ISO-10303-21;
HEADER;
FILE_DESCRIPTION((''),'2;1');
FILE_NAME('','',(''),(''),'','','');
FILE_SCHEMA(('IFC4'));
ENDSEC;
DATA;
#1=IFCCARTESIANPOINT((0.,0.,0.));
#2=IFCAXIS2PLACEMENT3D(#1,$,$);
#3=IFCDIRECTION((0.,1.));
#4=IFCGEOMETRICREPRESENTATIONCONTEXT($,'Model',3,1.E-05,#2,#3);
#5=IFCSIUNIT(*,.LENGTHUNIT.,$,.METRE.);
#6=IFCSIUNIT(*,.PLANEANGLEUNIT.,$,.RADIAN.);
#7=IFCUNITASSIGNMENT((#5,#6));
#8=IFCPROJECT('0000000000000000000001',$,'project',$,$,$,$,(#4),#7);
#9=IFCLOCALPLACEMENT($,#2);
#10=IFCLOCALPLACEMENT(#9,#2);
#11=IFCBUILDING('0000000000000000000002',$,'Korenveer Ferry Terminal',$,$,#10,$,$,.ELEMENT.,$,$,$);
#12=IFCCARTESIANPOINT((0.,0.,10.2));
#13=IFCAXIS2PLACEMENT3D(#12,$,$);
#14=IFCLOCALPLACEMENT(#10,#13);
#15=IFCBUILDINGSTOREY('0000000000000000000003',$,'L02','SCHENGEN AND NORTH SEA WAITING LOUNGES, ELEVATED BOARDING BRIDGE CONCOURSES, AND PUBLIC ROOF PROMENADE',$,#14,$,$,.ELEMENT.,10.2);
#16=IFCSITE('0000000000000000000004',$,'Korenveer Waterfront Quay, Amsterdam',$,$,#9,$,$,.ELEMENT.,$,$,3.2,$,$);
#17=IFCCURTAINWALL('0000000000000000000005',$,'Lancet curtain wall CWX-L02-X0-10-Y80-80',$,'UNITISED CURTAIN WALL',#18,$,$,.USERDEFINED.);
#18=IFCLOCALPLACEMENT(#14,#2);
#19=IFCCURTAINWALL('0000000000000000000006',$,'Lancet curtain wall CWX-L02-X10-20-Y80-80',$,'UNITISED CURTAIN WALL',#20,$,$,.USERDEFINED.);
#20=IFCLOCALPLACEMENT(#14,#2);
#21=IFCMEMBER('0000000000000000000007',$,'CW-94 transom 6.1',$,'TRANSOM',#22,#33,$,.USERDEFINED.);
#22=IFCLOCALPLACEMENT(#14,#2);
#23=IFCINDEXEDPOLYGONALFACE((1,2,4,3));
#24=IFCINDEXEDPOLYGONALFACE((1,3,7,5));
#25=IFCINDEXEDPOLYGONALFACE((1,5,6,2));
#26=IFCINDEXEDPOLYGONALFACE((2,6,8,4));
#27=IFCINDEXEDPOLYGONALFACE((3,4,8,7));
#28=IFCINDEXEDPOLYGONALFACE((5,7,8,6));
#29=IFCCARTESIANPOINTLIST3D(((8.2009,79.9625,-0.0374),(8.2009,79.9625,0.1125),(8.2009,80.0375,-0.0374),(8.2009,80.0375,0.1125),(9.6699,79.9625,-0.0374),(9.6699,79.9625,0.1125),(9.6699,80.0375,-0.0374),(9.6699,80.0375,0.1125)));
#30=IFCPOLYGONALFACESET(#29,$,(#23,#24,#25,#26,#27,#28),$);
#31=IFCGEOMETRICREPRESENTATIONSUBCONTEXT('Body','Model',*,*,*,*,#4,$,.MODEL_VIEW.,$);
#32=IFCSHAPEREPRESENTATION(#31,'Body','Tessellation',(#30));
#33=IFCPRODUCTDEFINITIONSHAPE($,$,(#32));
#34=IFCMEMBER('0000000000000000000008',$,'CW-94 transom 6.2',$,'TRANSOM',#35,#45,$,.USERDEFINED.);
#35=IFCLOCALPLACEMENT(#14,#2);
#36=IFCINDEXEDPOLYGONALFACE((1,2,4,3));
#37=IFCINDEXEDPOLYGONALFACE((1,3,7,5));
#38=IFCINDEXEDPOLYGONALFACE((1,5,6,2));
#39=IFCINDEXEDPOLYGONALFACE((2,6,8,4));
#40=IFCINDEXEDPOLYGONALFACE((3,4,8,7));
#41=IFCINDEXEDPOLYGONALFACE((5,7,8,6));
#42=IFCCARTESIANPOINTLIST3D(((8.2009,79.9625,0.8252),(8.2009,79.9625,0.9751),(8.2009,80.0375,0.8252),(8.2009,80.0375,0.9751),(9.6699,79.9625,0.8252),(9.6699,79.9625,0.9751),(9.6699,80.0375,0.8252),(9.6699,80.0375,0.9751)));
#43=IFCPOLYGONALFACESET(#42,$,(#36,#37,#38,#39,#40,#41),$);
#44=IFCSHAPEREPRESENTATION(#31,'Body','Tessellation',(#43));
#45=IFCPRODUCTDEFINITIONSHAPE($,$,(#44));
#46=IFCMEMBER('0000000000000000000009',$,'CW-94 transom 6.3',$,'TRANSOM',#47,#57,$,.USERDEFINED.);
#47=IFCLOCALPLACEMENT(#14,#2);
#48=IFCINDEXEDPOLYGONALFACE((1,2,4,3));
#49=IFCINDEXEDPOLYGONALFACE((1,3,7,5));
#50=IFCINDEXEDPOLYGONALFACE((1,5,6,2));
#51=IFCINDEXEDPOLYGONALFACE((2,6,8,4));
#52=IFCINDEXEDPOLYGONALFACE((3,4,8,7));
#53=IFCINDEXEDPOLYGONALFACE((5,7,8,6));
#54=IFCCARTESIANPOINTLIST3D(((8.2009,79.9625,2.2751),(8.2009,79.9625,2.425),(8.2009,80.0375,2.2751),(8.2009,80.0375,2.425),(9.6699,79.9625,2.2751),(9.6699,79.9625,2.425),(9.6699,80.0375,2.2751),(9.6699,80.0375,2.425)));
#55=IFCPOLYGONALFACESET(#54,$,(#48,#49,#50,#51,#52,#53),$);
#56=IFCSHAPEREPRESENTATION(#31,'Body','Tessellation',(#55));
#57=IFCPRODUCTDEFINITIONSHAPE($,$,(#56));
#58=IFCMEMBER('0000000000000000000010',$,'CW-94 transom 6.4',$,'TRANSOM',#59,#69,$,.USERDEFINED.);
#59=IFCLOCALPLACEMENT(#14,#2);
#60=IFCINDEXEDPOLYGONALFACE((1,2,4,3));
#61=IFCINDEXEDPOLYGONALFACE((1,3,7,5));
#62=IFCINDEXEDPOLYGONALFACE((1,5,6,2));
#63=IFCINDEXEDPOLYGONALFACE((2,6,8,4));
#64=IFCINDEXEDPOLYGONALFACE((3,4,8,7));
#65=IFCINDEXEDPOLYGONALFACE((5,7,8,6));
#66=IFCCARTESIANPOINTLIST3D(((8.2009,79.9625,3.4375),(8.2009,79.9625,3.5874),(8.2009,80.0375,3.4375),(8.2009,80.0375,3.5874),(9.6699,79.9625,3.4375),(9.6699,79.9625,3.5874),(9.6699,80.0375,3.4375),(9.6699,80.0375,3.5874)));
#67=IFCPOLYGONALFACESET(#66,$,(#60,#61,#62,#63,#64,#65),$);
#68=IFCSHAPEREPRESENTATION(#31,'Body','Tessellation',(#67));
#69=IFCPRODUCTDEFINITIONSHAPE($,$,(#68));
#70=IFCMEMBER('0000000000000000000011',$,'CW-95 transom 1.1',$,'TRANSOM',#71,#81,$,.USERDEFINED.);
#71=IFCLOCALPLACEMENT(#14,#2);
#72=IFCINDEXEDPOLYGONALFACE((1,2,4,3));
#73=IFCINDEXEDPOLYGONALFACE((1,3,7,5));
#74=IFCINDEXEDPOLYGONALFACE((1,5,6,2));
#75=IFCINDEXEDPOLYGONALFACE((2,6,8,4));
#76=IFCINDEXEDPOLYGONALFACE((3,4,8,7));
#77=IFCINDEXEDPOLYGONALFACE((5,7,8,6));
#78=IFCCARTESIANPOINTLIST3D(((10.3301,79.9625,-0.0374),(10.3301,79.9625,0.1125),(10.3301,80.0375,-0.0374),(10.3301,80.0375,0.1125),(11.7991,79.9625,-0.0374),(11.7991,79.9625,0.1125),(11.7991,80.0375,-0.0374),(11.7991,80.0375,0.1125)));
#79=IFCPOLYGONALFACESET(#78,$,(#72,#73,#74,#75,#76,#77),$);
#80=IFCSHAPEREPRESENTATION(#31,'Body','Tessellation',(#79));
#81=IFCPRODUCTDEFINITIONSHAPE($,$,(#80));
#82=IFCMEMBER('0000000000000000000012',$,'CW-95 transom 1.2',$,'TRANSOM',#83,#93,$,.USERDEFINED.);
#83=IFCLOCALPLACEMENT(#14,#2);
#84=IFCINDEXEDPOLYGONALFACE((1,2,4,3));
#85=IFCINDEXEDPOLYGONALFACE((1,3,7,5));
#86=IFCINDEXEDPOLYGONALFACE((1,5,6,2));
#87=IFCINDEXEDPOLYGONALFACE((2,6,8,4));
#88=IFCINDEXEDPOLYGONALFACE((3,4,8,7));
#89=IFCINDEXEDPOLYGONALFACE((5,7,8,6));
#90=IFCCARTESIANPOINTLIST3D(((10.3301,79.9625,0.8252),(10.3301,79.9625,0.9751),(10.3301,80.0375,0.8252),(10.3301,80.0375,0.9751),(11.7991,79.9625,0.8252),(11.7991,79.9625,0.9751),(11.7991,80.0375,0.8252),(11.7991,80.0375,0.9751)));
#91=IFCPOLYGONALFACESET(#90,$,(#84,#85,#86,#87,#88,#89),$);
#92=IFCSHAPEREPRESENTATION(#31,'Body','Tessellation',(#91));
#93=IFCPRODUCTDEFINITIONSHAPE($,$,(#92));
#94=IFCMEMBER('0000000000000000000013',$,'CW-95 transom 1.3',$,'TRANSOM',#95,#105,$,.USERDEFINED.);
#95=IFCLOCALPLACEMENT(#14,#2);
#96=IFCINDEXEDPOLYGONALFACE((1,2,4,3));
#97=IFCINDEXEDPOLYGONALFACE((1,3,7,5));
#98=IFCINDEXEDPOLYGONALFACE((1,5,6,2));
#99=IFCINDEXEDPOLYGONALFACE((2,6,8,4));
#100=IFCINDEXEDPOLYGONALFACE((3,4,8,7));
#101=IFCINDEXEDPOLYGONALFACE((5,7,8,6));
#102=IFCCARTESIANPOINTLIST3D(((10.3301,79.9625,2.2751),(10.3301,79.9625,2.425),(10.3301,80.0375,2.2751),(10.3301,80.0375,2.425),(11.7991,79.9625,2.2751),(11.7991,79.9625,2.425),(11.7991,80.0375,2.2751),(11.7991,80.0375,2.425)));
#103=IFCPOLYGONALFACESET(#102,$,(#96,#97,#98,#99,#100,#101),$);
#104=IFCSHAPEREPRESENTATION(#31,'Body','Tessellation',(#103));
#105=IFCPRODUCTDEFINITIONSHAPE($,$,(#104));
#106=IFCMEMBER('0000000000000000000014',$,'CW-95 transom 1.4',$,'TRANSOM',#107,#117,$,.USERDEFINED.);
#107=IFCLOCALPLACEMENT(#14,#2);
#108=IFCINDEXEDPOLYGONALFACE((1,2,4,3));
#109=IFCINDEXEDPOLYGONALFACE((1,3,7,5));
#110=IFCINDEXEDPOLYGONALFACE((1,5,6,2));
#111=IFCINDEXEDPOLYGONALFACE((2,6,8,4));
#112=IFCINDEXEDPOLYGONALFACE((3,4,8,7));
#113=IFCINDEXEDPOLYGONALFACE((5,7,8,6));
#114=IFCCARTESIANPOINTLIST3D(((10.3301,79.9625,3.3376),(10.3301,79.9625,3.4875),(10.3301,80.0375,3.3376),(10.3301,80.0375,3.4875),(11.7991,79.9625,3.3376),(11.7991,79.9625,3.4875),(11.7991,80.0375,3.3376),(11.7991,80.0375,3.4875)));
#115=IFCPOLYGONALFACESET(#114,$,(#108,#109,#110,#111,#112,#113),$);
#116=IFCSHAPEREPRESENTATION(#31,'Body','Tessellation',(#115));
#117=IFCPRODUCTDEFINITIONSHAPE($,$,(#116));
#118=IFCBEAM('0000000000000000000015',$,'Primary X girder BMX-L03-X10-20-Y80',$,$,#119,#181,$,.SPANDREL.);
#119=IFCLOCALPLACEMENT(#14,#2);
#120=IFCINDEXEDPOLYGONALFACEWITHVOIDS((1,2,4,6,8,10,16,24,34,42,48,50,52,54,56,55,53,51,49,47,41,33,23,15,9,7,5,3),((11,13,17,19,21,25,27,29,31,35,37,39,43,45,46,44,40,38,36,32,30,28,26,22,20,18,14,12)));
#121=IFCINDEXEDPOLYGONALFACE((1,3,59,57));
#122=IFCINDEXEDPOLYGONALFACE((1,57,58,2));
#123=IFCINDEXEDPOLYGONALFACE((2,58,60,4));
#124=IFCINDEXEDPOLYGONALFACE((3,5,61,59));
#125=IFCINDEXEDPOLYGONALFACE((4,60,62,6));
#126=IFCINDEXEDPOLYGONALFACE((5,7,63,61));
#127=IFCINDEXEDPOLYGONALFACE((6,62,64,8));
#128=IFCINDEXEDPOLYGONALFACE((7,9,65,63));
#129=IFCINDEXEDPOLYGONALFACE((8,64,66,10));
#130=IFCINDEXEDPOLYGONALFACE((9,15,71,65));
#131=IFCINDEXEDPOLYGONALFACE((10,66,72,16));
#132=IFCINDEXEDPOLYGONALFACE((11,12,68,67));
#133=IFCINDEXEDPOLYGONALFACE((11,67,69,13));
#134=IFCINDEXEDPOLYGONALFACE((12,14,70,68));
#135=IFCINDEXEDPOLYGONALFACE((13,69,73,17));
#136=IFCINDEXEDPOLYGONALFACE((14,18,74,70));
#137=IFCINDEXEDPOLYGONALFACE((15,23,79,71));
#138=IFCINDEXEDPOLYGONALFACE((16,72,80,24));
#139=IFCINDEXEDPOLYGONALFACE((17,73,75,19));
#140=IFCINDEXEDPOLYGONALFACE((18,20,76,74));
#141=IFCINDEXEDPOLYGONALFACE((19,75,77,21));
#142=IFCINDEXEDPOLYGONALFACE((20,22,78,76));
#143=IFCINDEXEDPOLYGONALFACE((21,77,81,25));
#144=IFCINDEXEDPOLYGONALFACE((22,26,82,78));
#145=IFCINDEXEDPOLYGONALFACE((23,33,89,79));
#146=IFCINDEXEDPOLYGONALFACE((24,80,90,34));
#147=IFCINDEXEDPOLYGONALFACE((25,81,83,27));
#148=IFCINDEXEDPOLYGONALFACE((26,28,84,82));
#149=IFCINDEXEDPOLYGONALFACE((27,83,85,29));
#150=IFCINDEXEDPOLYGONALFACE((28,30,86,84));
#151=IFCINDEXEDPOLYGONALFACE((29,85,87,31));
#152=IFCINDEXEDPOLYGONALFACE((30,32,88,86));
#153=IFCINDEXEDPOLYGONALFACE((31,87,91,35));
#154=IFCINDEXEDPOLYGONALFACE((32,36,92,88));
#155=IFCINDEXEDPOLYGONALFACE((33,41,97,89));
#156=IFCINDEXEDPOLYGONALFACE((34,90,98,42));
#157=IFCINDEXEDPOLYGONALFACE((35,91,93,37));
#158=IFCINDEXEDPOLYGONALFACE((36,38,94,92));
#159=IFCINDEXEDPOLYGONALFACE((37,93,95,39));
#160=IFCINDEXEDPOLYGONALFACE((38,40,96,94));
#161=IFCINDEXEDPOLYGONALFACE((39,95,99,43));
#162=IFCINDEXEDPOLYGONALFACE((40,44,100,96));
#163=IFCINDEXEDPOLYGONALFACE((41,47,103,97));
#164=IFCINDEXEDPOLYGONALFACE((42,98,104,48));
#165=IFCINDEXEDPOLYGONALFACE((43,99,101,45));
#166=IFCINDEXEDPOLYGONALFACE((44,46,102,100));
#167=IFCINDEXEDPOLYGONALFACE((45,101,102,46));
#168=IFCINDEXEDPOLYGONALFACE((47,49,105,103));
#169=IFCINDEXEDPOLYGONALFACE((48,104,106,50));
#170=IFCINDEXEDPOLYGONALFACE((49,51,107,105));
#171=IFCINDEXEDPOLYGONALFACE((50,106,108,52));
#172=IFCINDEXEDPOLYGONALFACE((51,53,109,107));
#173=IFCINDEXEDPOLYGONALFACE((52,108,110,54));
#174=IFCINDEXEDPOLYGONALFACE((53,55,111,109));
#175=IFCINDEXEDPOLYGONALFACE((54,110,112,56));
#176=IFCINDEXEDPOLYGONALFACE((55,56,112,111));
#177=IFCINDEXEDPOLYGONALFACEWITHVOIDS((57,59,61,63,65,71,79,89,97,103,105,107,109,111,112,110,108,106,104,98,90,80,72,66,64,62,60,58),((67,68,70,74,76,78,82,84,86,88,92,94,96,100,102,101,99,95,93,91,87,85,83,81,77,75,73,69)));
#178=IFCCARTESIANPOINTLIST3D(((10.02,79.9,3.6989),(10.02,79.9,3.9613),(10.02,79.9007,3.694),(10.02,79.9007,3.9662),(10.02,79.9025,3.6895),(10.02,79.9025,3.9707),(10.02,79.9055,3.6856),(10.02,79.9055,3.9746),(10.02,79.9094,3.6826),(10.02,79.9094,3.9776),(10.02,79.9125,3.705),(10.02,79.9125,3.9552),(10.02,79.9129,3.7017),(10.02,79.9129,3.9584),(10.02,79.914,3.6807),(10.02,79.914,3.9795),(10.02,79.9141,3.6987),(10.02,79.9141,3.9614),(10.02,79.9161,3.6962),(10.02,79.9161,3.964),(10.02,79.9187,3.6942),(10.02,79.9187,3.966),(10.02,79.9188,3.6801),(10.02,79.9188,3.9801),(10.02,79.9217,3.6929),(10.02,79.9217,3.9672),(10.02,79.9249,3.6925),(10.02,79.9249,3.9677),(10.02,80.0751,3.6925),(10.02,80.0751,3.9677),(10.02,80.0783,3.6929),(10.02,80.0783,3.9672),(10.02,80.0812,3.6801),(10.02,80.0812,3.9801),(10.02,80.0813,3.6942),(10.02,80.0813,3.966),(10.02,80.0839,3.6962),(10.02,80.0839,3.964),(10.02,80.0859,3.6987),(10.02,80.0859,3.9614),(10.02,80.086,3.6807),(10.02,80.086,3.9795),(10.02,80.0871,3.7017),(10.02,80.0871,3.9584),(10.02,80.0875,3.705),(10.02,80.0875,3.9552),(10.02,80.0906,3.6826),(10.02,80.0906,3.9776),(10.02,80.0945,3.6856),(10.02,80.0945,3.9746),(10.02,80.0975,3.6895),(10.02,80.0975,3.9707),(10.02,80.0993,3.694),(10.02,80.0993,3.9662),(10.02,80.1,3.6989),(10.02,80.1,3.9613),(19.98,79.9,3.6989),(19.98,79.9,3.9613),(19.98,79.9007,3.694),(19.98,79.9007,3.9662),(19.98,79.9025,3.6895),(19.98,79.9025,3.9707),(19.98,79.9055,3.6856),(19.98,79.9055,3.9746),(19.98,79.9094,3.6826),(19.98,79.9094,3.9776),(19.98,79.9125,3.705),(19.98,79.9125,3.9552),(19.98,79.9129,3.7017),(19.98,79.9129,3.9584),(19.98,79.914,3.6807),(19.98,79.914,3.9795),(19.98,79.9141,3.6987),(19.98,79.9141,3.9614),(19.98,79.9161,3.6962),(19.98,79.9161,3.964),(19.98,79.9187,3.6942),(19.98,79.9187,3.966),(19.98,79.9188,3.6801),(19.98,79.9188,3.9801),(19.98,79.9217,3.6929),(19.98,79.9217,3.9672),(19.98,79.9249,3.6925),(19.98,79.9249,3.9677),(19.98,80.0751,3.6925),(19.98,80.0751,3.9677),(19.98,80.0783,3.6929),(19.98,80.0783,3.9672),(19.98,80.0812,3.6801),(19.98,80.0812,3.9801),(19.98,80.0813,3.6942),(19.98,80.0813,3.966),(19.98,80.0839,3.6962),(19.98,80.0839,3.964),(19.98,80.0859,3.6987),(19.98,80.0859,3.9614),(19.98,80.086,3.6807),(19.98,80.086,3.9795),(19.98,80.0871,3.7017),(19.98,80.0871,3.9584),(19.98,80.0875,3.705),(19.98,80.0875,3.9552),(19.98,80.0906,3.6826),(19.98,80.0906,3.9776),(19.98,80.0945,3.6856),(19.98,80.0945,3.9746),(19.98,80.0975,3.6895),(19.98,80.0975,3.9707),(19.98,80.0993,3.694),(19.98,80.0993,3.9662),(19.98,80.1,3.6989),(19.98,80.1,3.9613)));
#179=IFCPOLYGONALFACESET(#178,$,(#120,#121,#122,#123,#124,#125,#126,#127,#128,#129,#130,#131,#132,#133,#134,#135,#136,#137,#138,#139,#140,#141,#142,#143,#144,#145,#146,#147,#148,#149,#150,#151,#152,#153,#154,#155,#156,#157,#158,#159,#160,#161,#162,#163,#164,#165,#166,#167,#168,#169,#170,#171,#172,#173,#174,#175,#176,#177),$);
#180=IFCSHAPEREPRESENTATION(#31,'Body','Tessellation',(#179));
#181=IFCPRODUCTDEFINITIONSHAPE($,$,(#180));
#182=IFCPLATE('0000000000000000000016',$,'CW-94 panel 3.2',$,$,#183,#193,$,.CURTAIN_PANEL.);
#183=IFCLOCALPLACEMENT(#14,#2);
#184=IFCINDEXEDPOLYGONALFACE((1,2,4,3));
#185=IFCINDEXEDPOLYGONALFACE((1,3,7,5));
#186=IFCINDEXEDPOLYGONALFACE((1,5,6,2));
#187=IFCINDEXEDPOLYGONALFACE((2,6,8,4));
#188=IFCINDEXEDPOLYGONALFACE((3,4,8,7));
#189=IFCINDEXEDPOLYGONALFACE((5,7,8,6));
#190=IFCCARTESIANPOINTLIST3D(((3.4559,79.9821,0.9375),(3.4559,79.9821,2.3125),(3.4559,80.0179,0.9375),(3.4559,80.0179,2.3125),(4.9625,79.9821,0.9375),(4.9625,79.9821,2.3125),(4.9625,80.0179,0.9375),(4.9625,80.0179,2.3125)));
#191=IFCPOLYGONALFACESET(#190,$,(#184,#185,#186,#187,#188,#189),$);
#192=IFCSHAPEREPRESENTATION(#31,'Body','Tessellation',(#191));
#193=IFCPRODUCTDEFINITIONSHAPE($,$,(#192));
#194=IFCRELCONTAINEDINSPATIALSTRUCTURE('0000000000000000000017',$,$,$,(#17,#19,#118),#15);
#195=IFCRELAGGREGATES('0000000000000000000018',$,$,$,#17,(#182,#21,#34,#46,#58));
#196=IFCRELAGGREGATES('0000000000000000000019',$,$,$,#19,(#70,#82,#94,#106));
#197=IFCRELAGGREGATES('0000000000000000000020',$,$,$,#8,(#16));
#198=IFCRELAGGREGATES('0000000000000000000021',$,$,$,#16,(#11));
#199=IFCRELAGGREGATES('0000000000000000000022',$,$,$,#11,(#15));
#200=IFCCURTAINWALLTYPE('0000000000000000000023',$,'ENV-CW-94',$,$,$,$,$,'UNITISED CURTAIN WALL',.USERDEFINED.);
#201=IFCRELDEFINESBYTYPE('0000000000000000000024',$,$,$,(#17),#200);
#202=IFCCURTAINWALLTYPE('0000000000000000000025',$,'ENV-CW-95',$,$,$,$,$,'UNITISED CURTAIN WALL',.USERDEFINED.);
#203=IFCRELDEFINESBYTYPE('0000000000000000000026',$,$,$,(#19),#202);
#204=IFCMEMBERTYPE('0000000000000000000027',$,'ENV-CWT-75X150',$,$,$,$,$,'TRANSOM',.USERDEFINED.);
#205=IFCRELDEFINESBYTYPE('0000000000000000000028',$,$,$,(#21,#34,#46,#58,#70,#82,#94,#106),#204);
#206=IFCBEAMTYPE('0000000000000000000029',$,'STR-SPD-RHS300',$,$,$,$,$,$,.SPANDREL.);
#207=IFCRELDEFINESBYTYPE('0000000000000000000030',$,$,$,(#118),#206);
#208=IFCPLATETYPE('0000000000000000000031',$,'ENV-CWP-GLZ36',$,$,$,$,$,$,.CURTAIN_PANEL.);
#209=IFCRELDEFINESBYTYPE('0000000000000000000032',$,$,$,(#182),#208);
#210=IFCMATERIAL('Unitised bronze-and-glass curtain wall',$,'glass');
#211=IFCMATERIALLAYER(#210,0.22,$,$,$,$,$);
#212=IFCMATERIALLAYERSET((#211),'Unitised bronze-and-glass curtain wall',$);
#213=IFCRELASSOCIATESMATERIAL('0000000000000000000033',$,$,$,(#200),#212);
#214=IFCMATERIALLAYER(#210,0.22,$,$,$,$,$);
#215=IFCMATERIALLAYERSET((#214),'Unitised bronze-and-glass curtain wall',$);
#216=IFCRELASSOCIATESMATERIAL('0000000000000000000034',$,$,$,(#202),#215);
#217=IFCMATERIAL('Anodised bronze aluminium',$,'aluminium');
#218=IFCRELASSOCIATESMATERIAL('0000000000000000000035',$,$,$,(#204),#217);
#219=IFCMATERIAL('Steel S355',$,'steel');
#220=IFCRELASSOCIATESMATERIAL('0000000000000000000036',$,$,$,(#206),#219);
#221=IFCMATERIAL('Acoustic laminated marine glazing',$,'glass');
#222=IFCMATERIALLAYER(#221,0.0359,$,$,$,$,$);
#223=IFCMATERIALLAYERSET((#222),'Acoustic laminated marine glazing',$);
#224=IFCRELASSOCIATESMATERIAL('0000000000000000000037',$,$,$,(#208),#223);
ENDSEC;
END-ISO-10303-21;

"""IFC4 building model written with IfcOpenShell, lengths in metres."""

from ifc_helpers import new_model, si_unit, direction, frame, origin, origin_2d, place, context, subcontext, project, spatial, rectangle, hollow_rectangle, extrude, material, layer, layer_set, material_profile, profile_set, type_object, element, aggregate, save


model = new_model("IFC4")

# Units and contexts
model_context = context("Model", 3, precision=1e-05, world=origin(), true_north=direction((0.0, 1.0)))
body_context = subcontext(model_context, "Body", "Model", "MODEL_VIEW")
ifc_project = project(units=[si_unit("LENGTHUNIT", "METRE"), si_unit("PLANEANGLEUNIT", "RADIAN")], contexts=[model_context])

# Site, building, storey
site_placement = place(None, origin())
site = spatial("IfcSite", under=ifc_project, at=site_placement, Name="Korenveer Waterfront Quay, Amsterdam", CompositionType="ELEMENT", RefElevation=3.2)
building_placement = place(site_placement, origin())
building = spatial("IfcBuilding", under=site, at=building_placement, Name="Korenveer Ferry Terminal", CompositionType="ELEMENT")
storey_placement = place(building_placement, frame((0.0, 0.0, 10.2)))
storey = spatial("IfcBuildingStorey", under=building, at=storey_placement, Name="L02", Description="SCHENGEN AND NORTH SEA WAITING LOUNGES, ELEVATED BOARDING BRIDGE CONCOURSES, AND PUBLIC ROOF PROMENADE", CompositionType="ELEMENT", Elevation=10.2)

# Curtain wall
ifc_material_1 = material(Name="Unitised bronze-and-glass curtain wall", Category="glass")
ifc_layer_1 = layer(ifc_material_1, 0.22)
ifc_layer_set_1 = layer_set([ifc_layer_1], Name="Unitised bronze-and-glass curtain wall")
curtain_wall_type_1 = type_object("IfcCurtainWallType", Name="ENV-CW-94", ElementType="UNITISED CURTAIN WALL", PredefinedType="USERDEFINED", material=ifc_layer_set_1)
curtain_wall_1_placement = place(storey_placement, frame((0.2549, 80.0, 0.0)))
curtain_wall_1 = element("IfcCurtainWall", 1, at=curtain_wall_1_placement, inside=storey, type_object=curtain_wall_type_1, Name="Lancet curtain wall CWX-L02-X0-10-Y80-80", ObjectType="UNITISED CURTAIN WALL", PredefinedType="USERDEFINED")
ifc_material_2 = material(Name="Anodised bronze aluminium", Category="aluminium")

# Curtain wall
ifc_layer_2 = layer(ifc_material_1, 0.22)
ifc_layer_set_2 = layer_set([ifc_layer_2], Name="Unitised bronze-and-glass curtain wall")
curtain_wall_type_2 = type_object("IfcCurtainWallType", Name="ENV-CW-95", ElementType="UNITISED CURTAIN WALL", PredefinedType="USERDEFINED", material=ifc_layer_set_2)
curtain_wall_2_placement = place(storey_placement, frame((10.2549, 80.0, 0.0)))
curtain_wall_2 = element("IfcCurtainWall", 2, at=curtain_wall_2_placement, inside=storey, type_object=curtain_wall_type_2, Name="Lancet curtain wall CWX-L02-X10-20-Y80-80", ObjectType="UNITISED CURTAIN WALL", PredefinedType="USERDEFINED")

# Members
ifc_material_profile_1 = material_profile(ifc_material_2, rectangle(XDim=0.075, YDim=0.1499, at=origin_2d()), Name="ALU 75x150")
ifc_profile_set_1 = profile_set([ifc_material_profile_1], Name="Anodised bronze aluminium")
member_type_1 = type_object("IfcMemberType", Name="ENV-CWT-75X150", ElementType="TRANSOM", PredefinedType="USERDEFINED", material=ifc_profile_set_1)
member_1_placement = place(storey_placement, frame((8.2009, 80.0, 0.0376), z_axis=(1.0, 0.0, 0.0), x_axis=(0.0, 1.0, 0.0)))
member_1 = element("IfcMember", 3, at=member_1_placement, type_object=member_type_1, Name="CW-94 transom 6.1", ObjectType="TRANSOM", PredefinedType="USERDEFINED", context=body_context, shape_type="SweptSolid", body=[
    extrude(rectangle(XDim=0.075, YDim=0.1499, at=origin_2d()), origin(), (0.0, 0.0, 1.0), 1.469),
])
member_2_placement = place(storey_placement, frame((8.2009, 80.0, 0.9001), z_axis=(1.0, 0.0, 0.0), x_axis=(0.0, 1.0, 0.0)))
member_2 = element("IfcMember", 4, at=member_2_placement, type_object=member_type_1, Name="CW-94 transom 6.2", ObjectType="TRANSOM", PredefinedType="USERDEFINED", context=body_context, shape_type="SweptSolid", body=[
    extrude(rectangle(XDim=0.075, YDim=0.1499, at=origin_2d()), origin(), (0.0, 0.0, 1.0), 1.469),
])
member_3_placement = place(storey_placement, frame((8.2009, 80.0, 2.3501), z_axis=(1.0, 0.0, 0.0), x_axis=(0.0, 1.0, 0.0)))
member_3 = element("IfcMember", 5, at=member_3_placement, type_object=member_type_1, Name="CW-94 transom 6.3", ObjectType="TRANSOM", PredefinedType="USERDEFINED", context=body_context, shape_type="SweptSolid", body=[
    extrude(rectangle(XDim=0.075, YDim=0.1499, at=origin_2d()), origin(), (0.0, 0.0, 1.0), 1.469),
])
member_4_placement = place(storey_placement, frame((8.2009, 80.0, 3.5125), z_axis=(1.0, 0.0, 0.0), x_axis=(0.0, 1.0, 0.0)))
member_4 = element("IfcMember", 6, at=member_4_placement, type_object=member_type_1, Name="CW-94 transom 6.4", ObjectType="TRANSOM", PredefinedType="USERDEFINED", context=body_context, shape_type="SweptSolid", body=[
    extrude(rectangle(XDim=0.075, YDim=0.1499, at=origin_2d()), origin(), (0.0, 0.0, 1.0), 1.469),
])
member_5_placement = place(storey_placement, frame((10.3301, 80.0, 0.0376), z_axis=(1.0, 0.0, 0.0), x_axis=(0.0, 1.0, 0.0)))
member_5 = element("IfcMember", 7, at=member_5_placement, type_object=member_type_1, Name="CW-95 transom 1.1", ObjectType="TRANSOM", PredefinedType="USERDEFINED", context=body_context, shape_type="SweptSolid", body=[
    extrude(rectangle(XDim=0.075, YDim=0.1499, at=origin_2d()), origin(), (0.0, 0.0, 1.0), 1.469),
])
member_6_placement = place(storey_placement, frame((10.3301, 80.0, 0.9001), z_axis=(1.0, 0.0, 0.0), x_axis=(0.0, 1.0, 0.0)))
member_6 = element("IfcMember", 8, at=member_6_placement, type_object=member_type_1, Name="CW-95 transom 1.2", ObjectType="TRANSOM", PredefinedType="USERDEFINED", context=body_context, shape_type="SweptSolid", body=[
    extrude(rectangle(XDim=0.075, YDim=0.1499, at=origin_2d()), origin(), (0.0, 0.0, 1.0), 1.469),
])
member_7_placement = place(storey_placement, frame((10.3301, 80.0, 2.3501), z_axis=(1.0, 0.0, 0.0), x_axis=(0.0, 1.0, 0.0)))
member_7 = element("IfcMember", 9, at=member_7_placement, type_object=member_type_1, Name="CW-95 transom 1.3", ObjectType="TRANSOM", PredefinedType="USERDEFINED", context=body_context, shape_type="SweptSolid", body=[
    extrude(rectangle(XDim=0.075, YDim=0.1499, at=origin_2d()), origin(), (0.0, 0.0, 1.0), 1.469),
])
member_8_placement = place(storey_placement, frame((10.3301, 80.0, 3.4126), z_axis=(1.0, 0.0, 0.0), x_axis=(0.0, 1.0, 0.0)))
member_8 = element("IfcMember", 10, at=member_8_placement, type_object=member_type_1, Name="CW-95 transom 1.4", ObjectType="TRANSOM", PredefinedType="USERDEFINED", context=body_context, shape_type="SweptSolid", body=[
    extrude(rectangle(XDim=0.075, YDim=0.1499, at=origin_2d()), origin(), (0.0, 0.0, 1.0), 1.469),
])

# Beam
ifc_material_3 = material(Name="Steel S355", Category="steel")
ifc_material_profile_2 = material_profile(ifc_material_3, hollow_rectangle(XDim=0.2, YDim=0.3, WallThickness=0.0125, InnerFilletRadius=0.0125, OuterFilletRadius=0.0188, at=origin_2d()), Name="RHS 300x200x12.5")
ifc_profile_set_2 = profile_set([ifc_material_profile_2], Name="Steel S355")
beam_type = type_object("IfcBeamType", Name="STR-SPD-RHS300", PredefinedType="SPANDREL", material=ifc_profile_set_2)
beam_placement = place(storey_placement, frame((10.02, 80.0, 3.8301), z_axis=(1.0, 0.0, 0.0), x_axis=(0.0, 1.0, 0.0)))
element("IfcBeam", 11, at=beam_placement, inside=storey, type_object=beam_type, Name="Primary X girder BMX-L03-X10-20-Y80", PredefinedType="SPANDREL", context=body_context, shape_type="SweptSolid", body=[
    extrude(hollow_rectangle(XDim=0.2, YDim=0.3, WallThickness=0.0125, InnerFilletRadius=0.0125, OuterFilletRadius=0.0188, at=origin_2d()), origin(), (0.0, 0.0, 1.0), 9.96),
])

# Plate
ifc_material_4 = material(Name="Acoustic laminated marine glazing", Category="glass")
ifc_layer_3 = layer(ifc_material_4, 0.0359)
ifc_layer_set_3 = layer_set([ifc_layer_3], Name="Acoustic laminated marine glazing")
plate_type = type_object("IfcPlateType", Name="ENV-CWP-GLZ36", PredefinedType="CURTAIN_PANEL", material=ifc_layer_set_3)
plate_1_placement = place(storey_placement, frame((4.2092, 80.0, 0.9375), z_axis=(0.0, 0.0, 1.0), x_axis=(1.0, 0.0, 0.0)))
plate_1 = element("IfcPlate", 12, at=plate_1_placement, type_object=plate_type, Name="CW-94 panel 3.2", PredefinedType="CURTAIN_PANEL", context=body_context, shape_type="SweptSolid", body=[
    extrude(rectangle(XDim=1.5066, YDim=0.0359, at=origin_2d()), origin(), (0.0, 0.0, 1.0), 1.375),
])
aggregate(curtain_wall_1, [plate_1, member_1, member_2, member_3, member_4])
aggregate(curtain_wall_2, [member_5, member_6, member_7, member_8])

save(model, "model.ifc")
